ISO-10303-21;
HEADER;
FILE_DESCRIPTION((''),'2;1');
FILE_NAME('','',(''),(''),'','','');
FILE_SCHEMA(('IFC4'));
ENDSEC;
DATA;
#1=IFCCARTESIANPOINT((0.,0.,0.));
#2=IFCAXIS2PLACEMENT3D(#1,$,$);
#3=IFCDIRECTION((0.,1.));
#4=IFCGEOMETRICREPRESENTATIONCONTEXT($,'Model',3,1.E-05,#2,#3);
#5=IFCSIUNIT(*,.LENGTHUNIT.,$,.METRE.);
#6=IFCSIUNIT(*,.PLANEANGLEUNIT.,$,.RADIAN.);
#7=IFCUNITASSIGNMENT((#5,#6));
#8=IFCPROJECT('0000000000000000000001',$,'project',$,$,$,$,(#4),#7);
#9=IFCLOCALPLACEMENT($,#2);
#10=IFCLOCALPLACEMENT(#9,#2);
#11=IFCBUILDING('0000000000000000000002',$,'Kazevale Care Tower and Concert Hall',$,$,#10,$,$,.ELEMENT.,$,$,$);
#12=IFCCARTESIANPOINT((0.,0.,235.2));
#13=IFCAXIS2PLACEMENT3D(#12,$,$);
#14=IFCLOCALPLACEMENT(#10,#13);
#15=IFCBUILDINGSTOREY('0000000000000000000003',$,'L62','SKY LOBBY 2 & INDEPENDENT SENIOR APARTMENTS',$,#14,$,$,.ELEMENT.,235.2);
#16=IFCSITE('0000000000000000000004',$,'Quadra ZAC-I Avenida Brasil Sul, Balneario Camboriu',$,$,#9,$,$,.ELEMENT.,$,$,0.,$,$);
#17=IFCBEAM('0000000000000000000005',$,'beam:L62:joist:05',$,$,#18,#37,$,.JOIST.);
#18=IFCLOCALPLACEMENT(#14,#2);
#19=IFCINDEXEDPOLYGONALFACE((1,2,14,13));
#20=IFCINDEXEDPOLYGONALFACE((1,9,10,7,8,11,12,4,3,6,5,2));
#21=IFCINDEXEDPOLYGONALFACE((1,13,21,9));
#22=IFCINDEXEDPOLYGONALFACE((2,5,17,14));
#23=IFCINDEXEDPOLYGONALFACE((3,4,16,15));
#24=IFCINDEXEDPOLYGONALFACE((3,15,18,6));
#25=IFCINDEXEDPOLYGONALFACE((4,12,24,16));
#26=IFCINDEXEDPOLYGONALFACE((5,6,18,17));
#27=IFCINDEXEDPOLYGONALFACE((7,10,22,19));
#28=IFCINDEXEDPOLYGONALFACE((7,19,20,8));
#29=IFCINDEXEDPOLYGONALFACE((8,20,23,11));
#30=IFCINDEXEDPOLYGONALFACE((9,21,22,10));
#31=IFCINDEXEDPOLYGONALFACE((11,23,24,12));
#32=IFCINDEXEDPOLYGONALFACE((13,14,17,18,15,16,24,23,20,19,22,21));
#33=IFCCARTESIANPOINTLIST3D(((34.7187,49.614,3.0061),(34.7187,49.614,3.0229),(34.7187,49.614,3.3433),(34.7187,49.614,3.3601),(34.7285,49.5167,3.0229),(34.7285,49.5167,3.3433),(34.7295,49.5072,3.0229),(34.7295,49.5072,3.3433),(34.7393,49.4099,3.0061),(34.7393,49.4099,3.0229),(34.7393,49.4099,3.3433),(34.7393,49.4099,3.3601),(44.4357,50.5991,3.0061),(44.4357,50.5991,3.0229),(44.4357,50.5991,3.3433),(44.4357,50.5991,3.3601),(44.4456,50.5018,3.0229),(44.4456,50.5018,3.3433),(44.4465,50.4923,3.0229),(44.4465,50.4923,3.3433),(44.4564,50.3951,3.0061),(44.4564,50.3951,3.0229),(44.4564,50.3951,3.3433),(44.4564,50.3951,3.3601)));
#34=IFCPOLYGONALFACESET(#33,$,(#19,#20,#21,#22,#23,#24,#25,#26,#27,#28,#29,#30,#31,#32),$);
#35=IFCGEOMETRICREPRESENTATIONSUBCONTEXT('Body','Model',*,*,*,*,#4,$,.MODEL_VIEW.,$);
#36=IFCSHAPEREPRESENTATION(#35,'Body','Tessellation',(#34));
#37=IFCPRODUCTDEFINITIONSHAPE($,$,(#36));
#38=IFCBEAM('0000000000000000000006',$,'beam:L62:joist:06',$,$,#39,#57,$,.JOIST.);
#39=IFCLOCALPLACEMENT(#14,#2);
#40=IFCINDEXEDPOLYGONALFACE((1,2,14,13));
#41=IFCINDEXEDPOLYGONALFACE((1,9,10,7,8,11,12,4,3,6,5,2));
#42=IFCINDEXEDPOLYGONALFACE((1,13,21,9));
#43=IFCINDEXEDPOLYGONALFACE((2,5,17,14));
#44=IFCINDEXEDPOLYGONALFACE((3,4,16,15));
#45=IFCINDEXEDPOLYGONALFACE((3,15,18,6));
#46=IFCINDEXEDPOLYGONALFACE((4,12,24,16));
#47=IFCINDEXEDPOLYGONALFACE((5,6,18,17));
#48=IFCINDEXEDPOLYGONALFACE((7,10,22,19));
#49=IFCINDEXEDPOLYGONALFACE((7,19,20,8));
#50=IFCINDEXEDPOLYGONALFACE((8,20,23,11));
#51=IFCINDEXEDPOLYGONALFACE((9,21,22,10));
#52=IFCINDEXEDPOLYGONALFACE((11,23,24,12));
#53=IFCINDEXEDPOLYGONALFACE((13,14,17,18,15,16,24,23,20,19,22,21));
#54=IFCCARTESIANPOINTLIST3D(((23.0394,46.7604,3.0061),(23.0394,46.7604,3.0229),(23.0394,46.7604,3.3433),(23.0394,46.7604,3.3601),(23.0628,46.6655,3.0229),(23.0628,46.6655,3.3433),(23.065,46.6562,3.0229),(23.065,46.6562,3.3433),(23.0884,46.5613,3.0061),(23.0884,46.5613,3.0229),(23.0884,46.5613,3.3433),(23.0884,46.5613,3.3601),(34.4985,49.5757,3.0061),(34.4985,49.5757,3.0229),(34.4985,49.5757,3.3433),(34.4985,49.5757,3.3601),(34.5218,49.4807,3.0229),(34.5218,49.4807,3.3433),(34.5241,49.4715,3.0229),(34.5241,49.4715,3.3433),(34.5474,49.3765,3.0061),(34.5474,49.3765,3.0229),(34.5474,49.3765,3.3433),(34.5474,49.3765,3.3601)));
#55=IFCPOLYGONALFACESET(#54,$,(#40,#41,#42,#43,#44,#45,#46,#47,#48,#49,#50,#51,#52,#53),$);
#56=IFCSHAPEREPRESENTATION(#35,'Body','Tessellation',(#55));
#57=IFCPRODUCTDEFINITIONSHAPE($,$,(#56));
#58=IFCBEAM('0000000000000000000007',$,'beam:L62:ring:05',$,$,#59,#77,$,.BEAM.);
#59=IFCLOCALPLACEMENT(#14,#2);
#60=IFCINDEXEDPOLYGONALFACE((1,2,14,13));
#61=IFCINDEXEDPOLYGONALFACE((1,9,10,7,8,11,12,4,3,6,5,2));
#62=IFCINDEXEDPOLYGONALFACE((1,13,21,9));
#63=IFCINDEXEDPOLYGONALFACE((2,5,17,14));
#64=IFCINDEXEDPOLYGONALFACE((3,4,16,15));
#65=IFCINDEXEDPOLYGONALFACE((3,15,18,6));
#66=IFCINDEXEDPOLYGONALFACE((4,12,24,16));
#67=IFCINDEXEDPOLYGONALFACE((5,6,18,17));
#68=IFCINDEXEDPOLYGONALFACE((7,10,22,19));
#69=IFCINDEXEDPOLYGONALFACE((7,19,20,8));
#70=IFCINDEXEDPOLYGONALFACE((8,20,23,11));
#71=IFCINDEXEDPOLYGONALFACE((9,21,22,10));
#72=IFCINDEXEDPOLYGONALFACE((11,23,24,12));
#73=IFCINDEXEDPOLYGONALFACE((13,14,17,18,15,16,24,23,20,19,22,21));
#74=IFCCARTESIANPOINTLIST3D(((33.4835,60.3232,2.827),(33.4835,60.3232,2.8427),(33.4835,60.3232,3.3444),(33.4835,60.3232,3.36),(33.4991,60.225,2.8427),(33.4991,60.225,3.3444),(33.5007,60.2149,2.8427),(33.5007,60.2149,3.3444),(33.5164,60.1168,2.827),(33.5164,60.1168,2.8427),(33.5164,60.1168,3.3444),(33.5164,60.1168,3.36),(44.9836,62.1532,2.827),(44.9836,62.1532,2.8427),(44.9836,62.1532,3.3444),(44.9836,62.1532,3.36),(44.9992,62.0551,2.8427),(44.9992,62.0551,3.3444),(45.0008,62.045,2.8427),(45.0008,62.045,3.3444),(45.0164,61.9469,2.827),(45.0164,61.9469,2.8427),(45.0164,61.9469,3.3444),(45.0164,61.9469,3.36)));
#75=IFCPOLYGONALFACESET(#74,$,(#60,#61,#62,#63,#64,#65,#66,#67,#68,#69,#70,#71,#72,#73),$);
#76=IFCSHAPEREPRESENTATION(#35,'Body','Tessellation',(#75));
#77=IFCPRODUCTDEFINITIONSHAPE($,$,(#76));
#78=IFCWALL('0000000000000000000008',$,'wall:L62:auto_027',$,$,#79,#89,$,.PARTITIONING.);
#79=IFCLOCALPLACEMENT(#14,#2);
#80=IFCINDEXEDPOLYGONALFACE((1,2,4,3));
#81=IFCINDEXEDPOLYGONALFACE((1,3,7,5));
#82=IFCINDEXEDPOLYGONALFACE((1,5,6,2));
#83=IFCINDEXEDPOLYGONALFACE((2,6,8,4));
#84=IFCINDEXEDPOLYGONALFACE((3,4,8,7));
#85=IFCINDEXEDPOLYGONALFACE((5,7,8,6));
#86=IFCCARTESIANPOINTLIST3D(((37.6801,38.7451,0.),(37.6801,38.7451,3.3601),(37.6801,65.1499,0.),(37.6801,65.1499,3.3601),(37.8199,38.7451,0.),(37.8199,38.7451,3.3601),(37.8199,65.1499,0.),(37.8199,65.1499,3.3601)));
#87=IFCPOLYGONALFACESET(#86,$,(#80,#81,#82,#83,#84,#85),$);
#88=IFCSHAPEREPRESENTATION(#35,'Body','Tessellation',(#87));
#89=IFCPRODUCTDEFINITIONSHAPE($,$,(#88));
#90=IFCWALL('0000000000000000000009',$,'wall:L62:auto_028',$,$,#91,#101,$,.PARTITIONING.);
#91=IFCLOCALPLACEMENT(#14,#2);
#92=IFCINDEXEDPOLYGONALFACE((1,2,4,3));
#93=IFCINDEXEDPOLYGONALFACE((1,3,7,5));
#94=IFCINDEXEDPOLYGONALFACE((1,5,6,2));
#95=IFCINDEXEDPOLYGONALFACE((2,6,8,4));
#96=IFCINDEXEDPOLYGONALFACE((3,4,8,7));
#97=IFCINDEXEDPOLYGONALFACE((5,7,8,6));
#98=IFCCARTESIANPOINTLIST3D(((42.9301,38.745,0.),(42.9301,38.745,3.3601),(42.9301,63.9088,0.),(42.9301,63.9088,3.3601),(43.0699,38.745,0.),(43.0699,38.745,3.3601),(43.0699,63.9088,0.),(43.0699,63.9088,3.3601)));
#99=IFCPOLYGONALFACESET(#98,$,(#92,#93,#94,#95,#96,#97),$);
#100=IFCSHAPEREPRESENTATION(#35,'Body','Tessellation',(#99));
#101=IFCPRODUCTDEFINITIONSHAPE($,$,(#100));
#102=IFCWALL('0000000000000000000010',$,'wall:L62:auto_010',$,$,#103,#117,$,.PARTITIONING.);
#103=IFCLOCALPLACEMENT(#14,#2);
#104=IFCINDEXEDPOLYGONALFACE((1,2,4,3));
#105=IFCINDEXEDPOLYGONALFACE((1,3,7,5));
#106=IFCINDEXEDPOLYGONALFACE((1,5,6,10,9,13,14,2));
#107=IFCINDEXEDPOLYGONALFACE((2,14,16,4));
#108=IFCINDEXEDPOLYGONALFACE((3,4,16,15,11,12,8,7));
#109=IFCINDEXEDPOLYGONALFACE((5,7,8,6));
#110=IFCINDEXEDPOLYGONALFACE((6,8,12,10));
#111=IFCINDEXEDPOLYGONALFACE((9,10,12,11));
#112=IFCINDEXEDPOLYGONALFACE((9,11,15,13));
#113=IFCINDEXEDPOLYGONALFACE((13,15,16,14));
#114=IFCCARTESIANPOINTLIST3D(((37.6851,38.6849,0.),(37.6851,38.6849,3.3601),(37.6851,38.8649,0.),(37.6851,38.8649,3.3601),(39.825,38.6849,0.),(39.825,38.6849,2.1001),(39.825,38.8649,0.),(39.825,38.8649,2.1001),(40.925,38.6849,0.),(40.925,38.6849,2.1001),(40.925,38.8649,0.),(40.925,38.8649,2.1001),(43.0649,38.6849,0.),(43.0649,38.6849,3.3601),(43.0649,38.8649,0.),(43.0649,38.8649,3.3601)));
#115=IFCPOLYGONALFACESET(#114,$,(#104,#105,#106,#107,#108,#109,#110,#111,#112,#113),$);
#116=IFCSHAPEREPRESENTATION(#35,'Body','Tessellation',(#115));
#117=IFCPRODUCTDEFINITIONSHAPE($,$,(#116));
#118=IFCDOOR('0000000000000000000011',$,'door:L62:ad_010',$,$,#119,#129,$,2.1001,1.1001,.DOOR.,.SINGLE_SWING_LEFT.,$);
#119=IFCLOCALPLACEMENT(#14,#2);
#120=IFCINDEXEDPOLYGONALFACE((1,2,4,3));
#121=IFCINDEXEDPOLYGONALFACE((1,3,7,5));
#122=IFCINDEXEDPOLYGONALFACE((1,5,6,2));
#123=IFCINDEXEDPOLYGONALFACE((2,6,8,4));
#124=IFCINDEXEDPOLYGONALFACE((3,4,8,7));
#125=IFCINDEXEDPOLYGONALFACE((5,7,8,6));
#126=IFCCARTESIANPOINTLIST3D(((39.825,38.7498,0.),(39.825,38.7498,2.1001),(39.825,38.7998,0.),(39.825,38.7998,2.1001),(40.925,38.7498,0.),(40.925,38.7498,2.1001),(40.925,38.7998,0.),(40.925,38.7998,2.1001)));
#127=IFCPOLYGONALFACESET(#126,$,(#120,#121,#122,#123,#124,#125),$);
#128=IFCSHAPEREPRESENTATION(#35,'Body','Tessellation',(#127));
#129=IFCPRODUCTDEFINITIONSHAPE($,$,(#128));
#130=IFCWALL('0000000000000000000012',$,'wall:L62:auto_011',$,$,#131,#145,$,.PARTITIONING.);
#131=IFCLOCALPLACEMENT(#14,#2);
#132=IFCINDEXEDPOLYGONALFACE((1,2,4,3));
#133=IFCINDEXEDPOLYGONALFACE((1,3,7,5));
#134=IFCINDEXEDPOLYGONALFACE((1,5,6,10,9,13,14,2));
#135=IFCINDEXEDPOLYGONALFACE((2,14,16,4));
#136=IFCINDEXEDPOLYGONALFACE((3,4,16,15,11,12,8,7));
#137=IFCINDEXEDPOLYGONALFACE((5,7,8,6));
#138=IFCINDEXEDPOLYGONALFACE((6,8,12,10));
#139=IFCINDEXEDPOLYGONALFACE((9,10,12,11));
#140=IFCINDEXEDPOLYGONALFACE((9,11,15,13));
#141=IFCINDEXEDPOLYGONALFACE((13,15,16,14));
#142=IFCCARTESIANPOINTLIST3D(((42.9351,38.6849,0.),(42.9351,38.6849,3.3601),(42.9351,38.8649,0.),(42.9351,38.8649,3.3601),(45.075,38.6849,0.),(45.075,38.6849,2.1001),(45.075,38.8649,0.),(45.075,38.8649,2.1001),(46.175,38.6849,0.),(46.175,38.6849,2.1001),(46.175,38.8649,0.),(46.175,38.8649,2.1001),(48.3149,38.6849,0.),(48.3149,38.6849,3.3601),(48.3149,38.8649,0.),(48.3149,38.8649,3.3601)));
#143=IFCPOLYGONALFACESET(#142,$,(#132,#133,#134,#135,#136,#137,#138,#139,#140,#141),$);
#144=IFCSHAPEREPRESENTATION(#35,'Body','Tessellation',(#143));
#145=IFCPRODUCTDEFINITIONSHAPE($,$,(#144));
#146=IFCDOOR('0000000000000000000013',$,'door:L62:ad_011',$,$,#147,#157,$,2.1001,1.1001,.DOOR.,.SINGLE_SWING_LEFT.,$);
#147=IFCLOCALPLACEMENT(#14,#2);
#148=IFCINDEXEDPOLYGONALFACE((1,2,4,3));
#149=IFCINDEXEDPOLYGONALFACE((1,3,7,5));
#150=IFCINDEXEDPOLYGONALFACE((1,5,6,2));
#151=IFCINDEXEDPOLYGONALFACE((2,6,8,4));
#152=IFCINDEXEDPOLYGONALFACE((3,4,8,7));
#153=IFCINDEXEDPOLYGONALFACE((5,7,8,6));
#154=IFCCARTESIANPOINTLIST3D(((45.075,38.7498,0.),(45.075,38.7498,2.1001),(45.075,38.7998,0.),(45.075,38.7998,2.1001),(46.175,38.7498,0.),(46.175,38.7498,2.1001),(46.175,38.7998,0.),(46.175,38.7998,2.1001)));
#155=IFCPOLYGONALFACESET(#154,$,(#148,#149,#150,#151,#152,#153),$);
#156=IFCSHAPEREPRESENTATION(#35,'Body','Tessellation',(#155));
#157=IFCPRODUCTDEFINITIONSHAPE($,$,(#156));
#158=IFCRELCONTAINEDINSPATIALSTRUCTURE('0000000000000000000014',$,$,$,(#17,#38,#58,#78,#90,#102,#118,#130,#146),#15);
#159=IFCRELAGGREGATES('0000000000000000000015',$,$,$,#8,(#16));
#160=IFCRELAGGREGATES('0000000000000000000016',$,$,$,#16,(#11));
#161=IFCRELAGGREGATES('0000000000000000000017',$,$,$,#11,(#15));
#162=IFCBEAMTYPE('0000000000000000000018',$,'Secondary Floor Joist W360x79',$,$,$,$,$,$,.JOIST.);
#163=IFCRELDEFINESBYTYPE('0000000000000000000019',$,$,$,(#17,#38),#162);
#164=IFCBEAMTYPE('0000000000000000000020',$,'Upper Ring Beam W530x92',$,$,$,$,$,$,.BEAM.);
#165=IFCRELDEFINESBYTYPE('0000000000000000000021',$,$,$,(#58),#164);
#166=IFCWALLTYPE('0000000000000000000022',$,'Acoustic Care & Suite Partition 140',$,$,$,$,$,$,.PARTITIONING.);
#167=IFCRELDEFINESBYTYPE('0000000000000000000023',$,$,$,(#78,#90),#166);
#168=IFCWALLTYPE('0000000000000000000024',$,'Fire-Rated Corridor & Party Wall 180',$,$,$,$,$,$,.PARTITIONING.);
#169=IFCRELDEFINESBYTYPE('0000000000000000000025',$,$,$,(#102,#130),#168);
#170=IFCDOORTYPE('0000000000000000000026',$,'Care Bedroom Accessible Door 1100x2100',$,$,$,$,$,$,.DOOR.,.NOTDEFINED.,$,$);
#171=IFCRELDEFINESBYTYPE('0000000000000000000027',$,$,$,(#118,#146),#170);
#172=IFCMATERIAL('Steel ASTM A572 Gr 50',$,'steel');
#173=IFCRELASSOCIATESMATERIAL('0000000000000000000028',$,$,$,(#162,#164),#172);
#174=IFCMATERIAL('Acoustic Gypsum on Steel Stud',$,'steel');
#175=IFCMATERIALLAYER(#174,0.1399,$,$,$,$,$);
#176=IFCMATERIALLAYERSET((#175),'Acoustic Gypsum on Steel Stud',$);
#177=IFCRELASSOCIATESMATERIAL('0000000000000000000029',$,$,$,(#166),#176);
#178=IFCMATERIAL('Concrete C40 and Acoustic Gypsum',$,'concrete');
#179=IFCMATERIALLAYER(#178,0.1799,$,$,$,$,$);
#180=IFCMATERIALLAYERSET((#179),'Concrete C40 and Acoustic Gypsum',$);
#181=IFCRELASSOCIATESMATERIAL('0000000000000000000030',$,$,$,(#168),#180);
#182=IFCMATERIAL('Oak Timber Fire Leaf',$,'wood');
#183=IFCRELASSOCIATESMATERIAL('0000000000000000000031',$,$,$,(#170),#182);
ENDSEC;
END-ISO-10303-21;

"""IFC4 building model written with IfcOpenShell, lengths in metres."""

from ifc_helpers import new_model, si_unit, direction, frame, frame_2d, origin, origin_2d, place, context, subcontext, project, spatial, rectangle, i_section, extrude, material, layer, layer_set, material_profile, profile_set, type_object, element, fill, save


model = new_model("IFC4")

# Units and contexts
model_context = context("Model", 3, precision=1e-05, world=origin(), true_north=direction((0.0, 1.0)))
body_context = subcontext(model_context, "Body", "Model", "MODEL_VIEW")
ifc_project = project(units=[si_unit("LENGTHUNIT", "METRE"), si_unit("PLANEANGLEUNIT", "RADIAN")], contexts=[model_context])

# Site, building, storey
site_placement = place(None, origin())
site = spatial("IfcSite", under=ifc_project, at=site_placement, Name="Quadra ZAC-I Avenida Brasil Sul, Balneario Camboriu", CompositionType="ELEMENT", RefElevation=0.0)
building_placement = place(site_placement, origin())
building = spatial("IfcBuilding", under=site, at=building_placement, Name="Kazevale Care Tower and Concert Hall", CompositionType="ELEMENT")
storey_placement = place(building_placement, frame((0.0, 0.0, 235.2)))
storey = spatial("IfcBuildingStorey", under=building, at=storey_placement, Name="L62", Description="SKY LOBBY 2 & INDEPENDENT SENIOR APARTMENTS", CompositionType="ELEMENT", Elevation=235.2)

# Beams
ifc_material_1 = material(Name="Steel ASTM A572 Gr 50", Category="steel")
ifc_material_profile_1 = material_profile(ifc_material_1, i_section(OverallWidth=0.2051, OverallDepth=0.354, WebThickness=0.0095, FlangeThickness=0.0168, at=origin_2d()), Name="W360x79")
ifc_profile_set_1 = profile_set([ifc_material_profile_1], Name="Steel ASTM A572 Gr 50")
beam_type_1 = type_object("IfcBeamType", Name="Secondary Floor Joist W360x79", PredefinedType="JOIST", material=ifc_profile_set_1)
beam_1_placement = place(storey_placement, frame((44.446, 50.4971, 3.1831), z_axis=(-0.9949, -0.100862, 0.0), x_axis=(0.100862, -0.9949, 0.0)))
element("IfcBeam", 1, at=beam_1_placement, inside=storey, type_object=beam_type_1, Name="beam:L62:joist:05", PredefinedType="JOIST", context=body_context, shape_type="SweptSolid", body=[
    extrude(i_section(OverallWidth=0.2051, OverallDepth=0.354, WebThickness=0.0095, FlangeThickness=0.0168, at=origin_2d()), origin(), (0.0, 0.0, 1.0), 9.7668),
])
beam_2_placement = place(storey_placement, frame((34.5229, 49.4761, 3.1831), z_axis=(-0.971123, -0.238581, 0.0), x_axis=(0.238581, -0.971123, 0.0)))
element("IfcBeam", 2, at=beam_2_placement, inside=storey, type_object=beam_type_1, Name="beam:L62:joist:06", PredefinedType="JOIST", context=body_context, shape_type="SweptSolid", body=[
    extrude(i_section(OverallWidth=0.2051, OverallDepth=0.354, WebThickness=0.0095, FlangeThickness=0.0168, at=origin_2d()), origin(), (0.0, 0.0, 1.0), 11.7998),
])
ifc_material_profile_2 = material_profile(ifc_material_1, i_section(OverallWidth=0.209, OverallDepth=0.533, WebThickness=0.0103, FlangeThickness=0.0156, at=origin_2d()), Name="W530x92")
ifc_profile_set_2 = profile_set([ifc_material_profile_2], Name="Steel ASTM A572 Gr 50")
beam_type_2 = type_object("IfcBeamType", Name="Upper Ring Beam W530x92", PredefinedType="BEAM", material=ifc_profile_set_2)
beam_3_placement = place(storey_placement, frame((45.0, 62.05, 3.0935), z_axis=(-0.987573, -0.15716, 0.0), x_axis=(0.15716, -0.987573, 0.0)))
element("IfcBeam", 3, at=beam_3_placement, inside=storey, type_object=beam_type_2, Name="beam:L62:ring:05", PredefinedType="BEAM", context=body_context, shape_type="SweptSolid", body=[
    extrude(i_section(OverallWidth=0.209, OverallDepth=0.533, WebThickness=0.0103, FlangeThickness=0.0156, at=origin_2d()), origin(), (0.0, 0.0, 1.0), 11.6448),
])

# Walls
ifc_material_2 = material(Name="Acoustic Gypsum on Steel Stud", Category="steel")
ifc_layer_1 = layer(ifc_material_2, 0.1399)
ifc_layer_set_1 = layer_set([ifc_layer_1], Name="Acoustic Gypsum on Steel Stud")
wall_type_1 = type_object("IfcWallType", Name="Acoustic Care & Suite Partition 140", PredefinedType="PARTITIONING", material=ifc_layer_set_1)
wall_1_placement = place(storey_placement, frame((37.75, 65.1499, 0.0), z_axis=(0.0, 0.0, 1.0), x_axis=(0.0, -1.0, 0.0)))
element("IfcWall", 4, at=wall_1_placement, inside=storey, type_object=wall_type_1, Name="wall:L62:auto_027", PredefinedType="PARTITIONING", context=body_context, shape_type="SweptSolid", body=[
    extrude(rectangle(XDim=26.4048, YDim=0.1399, at=frame_2d((13.2024, 0.0))), origin(), (0.0, 0.0, 1.0), 3.3601),
])
wall_2_placement = place(storey_placement, frame((43.0, 63.9089, 0.0), z_axis=(0.0, 0.0, 1.0), x_axis=(0.0, -1.0, 0.0)))
element("IfcWall", 5, at=wall_2_placement, inside=storey, type_object=wall_type_1, Name="wall:L62:auto_028", PredefinedType="PARTITIONING", context=body_context, shape_type="SweptSolid", body=[
    extrude(rectangle(XDim=25.1638, YDim=0.1399, at=frame_2d((12.582, 0.0))), origin(), (0.0, 0.0, 1.0), 3.3601),
])

# Walls, openings, doors
ifc_material_3 = material(Name="Concrete C40 and Acoustic Gypsum", Category="concrete")
ifc_layer_2 = layer(ifc_material_3, 0.1799)
ifc_layer_set_2 = layer_set([ifc_layer_2], Name="Concrete C40 and Acoustic Gypsum")
wall_type_2 = type_object("IfcWallType", Name="Fire-Rated Corridor & Party Wall 180", PredefinedType="PARTITIONING", material=ifc_layer_set_2)
wall_3_placement = place(storey_placement, frame((37.6851, 38.7749, 0.0), z_axis=(0.0, 0.0, 1.0), x_axis=(1.0, 0.0, 0.0)))
wall_3 = element("IfcWall", 6, at=wall_3_placement, inside=storey, type_object=wall_type_2, Name="wall:L62:auto_010", PredefinedType="PARTITIONING", context=body_context, shape_type="SweptSolid", body=[
    extrude(rectangle(XDim=5.3799, YDim=0.1799, at=frame_2d((2.6899, 0.0))), origin(), (0.0, 0.0, 1.0), 3.3601),
])
opening_1_placement = place(wall_3_placement, frame((2.1399, 0.0, 0.0)))
opening_1 = element("IfcOpeningElement", 7, at=opening_1_placement, cuts=wall_3, PredefinedType="OPENING", context=body_context, shape_type="SweptSolid", body=[
    extrude(rectangle(XDim=1.1001, YDim=2.1001, at=frame_2d((0.55, 1.05))), frame((0.0, 0.0999, 0.0), z_axis=(0.0, -1.0, 0.0), x_axis=(1.0, 0.0, 0.0)), (0.0, 0.0, 1.0), 0.2),
])
ifc_material_4 = material(Name="Oak Timber Fire Leaf", Category="wood")
door_type = type_object("IfcDoorType", Name="Care Bedroom Accessible Door 1100x2100", OperationType="NOTDEFINED", PredefinedType="DOOR", material=ifc_material_4)
door_1_placement = place(opening_1_placement, origin())
door_1 = element("IfcDoor", 8, at=door_1_placement, inside=storey, type_object=door_type, Name="door:L62:ad_010", OperationType="SINGLE_SWING_LEFT", OverallHeight=2.1001, OverallWidth=1.1001, PredefinedType="DOOR", context=body_context, shape_type="SweptSolid", body=[
    extrude(rectangle(XDim=1.1001, YDim=2.1001, at=frame_2d((0.55, 1.05))), frame((0.0, 0.0249, 0.0), z_axis=(0.0, -1.0, 0.0), x_axis=(1.0, 0.0, 0.0)), (0.0, 0.0, 1.0), 0.05),
])
fill(opening_1, door_1)
wall_4_placement = place(storey_placement, frame((42.9351, 38.7749, 0.0), z_axis=(0.0, 0.0, 1.0), x_axis=(1.0, 0.0, 0.0)))
wall_4 = element("IfcWall", 9, at=wall_4_placement, inside=storey, type_object=wall_type_2, Name="wall:L62:auto_011", PredefinedType="PARTITIONING", context=body_context, shape_type="SweptSolid", body=[
    extrude(rectangle(XDim=5.3799, YDim=0.1799, at=frame_2d((2.6899, 0.0))), origin(), (0.0, 0.0, 1.0), 3.3601),
])
opening_2_placement = place(wall_4_placement, frame((2.1399, 0.0, 0.0)))
opening_2 = element("IfcOpeningElement", 10, at=opening_2_placement, cuts=wall_4, PredefinedType="OPENING", context=body_context, shape_type="SweptSolid", body=[
    extrude(rectangle(XDim=1.1001, YDim=2.1001, at=frame_2d((0.55, 1.05))), frame((0.0, 0.0999, 0.0), z_axis=(0.0, -1.0, 0.0), x_axis=(1.0, 0.0, 0.0)), (0.0, 0.0, 1.0), 0.2),
])
door_2_placement = place(opening_2_placement, origin())
door_2 = element("IfcDoor", 11, at=door_2_placement, inside=storey, type_object=door_type, Name="door:L62:ad_011", OperationType="SINGLE_SWING_LEFT", OverallHeight=2.1001, OverallWidth=1.1001, PredefinedType="DOOR", context=body_context, shape_type="SweptSolid", body=[
    extrude(rectangle(XDim=1.1001, YDim=2.1001, at=frame_2d((0.55, 1.05))), frame((0.0, 0.0249, 0.0), z_axis=(0.0, -1.0, 0.0), x_axis=(1.0, 0.0, 0.0)), (0.0, 0.0, 1.0), 0.05),
])
fill(opening_2, door_2)

save(model, "model.ifc")
